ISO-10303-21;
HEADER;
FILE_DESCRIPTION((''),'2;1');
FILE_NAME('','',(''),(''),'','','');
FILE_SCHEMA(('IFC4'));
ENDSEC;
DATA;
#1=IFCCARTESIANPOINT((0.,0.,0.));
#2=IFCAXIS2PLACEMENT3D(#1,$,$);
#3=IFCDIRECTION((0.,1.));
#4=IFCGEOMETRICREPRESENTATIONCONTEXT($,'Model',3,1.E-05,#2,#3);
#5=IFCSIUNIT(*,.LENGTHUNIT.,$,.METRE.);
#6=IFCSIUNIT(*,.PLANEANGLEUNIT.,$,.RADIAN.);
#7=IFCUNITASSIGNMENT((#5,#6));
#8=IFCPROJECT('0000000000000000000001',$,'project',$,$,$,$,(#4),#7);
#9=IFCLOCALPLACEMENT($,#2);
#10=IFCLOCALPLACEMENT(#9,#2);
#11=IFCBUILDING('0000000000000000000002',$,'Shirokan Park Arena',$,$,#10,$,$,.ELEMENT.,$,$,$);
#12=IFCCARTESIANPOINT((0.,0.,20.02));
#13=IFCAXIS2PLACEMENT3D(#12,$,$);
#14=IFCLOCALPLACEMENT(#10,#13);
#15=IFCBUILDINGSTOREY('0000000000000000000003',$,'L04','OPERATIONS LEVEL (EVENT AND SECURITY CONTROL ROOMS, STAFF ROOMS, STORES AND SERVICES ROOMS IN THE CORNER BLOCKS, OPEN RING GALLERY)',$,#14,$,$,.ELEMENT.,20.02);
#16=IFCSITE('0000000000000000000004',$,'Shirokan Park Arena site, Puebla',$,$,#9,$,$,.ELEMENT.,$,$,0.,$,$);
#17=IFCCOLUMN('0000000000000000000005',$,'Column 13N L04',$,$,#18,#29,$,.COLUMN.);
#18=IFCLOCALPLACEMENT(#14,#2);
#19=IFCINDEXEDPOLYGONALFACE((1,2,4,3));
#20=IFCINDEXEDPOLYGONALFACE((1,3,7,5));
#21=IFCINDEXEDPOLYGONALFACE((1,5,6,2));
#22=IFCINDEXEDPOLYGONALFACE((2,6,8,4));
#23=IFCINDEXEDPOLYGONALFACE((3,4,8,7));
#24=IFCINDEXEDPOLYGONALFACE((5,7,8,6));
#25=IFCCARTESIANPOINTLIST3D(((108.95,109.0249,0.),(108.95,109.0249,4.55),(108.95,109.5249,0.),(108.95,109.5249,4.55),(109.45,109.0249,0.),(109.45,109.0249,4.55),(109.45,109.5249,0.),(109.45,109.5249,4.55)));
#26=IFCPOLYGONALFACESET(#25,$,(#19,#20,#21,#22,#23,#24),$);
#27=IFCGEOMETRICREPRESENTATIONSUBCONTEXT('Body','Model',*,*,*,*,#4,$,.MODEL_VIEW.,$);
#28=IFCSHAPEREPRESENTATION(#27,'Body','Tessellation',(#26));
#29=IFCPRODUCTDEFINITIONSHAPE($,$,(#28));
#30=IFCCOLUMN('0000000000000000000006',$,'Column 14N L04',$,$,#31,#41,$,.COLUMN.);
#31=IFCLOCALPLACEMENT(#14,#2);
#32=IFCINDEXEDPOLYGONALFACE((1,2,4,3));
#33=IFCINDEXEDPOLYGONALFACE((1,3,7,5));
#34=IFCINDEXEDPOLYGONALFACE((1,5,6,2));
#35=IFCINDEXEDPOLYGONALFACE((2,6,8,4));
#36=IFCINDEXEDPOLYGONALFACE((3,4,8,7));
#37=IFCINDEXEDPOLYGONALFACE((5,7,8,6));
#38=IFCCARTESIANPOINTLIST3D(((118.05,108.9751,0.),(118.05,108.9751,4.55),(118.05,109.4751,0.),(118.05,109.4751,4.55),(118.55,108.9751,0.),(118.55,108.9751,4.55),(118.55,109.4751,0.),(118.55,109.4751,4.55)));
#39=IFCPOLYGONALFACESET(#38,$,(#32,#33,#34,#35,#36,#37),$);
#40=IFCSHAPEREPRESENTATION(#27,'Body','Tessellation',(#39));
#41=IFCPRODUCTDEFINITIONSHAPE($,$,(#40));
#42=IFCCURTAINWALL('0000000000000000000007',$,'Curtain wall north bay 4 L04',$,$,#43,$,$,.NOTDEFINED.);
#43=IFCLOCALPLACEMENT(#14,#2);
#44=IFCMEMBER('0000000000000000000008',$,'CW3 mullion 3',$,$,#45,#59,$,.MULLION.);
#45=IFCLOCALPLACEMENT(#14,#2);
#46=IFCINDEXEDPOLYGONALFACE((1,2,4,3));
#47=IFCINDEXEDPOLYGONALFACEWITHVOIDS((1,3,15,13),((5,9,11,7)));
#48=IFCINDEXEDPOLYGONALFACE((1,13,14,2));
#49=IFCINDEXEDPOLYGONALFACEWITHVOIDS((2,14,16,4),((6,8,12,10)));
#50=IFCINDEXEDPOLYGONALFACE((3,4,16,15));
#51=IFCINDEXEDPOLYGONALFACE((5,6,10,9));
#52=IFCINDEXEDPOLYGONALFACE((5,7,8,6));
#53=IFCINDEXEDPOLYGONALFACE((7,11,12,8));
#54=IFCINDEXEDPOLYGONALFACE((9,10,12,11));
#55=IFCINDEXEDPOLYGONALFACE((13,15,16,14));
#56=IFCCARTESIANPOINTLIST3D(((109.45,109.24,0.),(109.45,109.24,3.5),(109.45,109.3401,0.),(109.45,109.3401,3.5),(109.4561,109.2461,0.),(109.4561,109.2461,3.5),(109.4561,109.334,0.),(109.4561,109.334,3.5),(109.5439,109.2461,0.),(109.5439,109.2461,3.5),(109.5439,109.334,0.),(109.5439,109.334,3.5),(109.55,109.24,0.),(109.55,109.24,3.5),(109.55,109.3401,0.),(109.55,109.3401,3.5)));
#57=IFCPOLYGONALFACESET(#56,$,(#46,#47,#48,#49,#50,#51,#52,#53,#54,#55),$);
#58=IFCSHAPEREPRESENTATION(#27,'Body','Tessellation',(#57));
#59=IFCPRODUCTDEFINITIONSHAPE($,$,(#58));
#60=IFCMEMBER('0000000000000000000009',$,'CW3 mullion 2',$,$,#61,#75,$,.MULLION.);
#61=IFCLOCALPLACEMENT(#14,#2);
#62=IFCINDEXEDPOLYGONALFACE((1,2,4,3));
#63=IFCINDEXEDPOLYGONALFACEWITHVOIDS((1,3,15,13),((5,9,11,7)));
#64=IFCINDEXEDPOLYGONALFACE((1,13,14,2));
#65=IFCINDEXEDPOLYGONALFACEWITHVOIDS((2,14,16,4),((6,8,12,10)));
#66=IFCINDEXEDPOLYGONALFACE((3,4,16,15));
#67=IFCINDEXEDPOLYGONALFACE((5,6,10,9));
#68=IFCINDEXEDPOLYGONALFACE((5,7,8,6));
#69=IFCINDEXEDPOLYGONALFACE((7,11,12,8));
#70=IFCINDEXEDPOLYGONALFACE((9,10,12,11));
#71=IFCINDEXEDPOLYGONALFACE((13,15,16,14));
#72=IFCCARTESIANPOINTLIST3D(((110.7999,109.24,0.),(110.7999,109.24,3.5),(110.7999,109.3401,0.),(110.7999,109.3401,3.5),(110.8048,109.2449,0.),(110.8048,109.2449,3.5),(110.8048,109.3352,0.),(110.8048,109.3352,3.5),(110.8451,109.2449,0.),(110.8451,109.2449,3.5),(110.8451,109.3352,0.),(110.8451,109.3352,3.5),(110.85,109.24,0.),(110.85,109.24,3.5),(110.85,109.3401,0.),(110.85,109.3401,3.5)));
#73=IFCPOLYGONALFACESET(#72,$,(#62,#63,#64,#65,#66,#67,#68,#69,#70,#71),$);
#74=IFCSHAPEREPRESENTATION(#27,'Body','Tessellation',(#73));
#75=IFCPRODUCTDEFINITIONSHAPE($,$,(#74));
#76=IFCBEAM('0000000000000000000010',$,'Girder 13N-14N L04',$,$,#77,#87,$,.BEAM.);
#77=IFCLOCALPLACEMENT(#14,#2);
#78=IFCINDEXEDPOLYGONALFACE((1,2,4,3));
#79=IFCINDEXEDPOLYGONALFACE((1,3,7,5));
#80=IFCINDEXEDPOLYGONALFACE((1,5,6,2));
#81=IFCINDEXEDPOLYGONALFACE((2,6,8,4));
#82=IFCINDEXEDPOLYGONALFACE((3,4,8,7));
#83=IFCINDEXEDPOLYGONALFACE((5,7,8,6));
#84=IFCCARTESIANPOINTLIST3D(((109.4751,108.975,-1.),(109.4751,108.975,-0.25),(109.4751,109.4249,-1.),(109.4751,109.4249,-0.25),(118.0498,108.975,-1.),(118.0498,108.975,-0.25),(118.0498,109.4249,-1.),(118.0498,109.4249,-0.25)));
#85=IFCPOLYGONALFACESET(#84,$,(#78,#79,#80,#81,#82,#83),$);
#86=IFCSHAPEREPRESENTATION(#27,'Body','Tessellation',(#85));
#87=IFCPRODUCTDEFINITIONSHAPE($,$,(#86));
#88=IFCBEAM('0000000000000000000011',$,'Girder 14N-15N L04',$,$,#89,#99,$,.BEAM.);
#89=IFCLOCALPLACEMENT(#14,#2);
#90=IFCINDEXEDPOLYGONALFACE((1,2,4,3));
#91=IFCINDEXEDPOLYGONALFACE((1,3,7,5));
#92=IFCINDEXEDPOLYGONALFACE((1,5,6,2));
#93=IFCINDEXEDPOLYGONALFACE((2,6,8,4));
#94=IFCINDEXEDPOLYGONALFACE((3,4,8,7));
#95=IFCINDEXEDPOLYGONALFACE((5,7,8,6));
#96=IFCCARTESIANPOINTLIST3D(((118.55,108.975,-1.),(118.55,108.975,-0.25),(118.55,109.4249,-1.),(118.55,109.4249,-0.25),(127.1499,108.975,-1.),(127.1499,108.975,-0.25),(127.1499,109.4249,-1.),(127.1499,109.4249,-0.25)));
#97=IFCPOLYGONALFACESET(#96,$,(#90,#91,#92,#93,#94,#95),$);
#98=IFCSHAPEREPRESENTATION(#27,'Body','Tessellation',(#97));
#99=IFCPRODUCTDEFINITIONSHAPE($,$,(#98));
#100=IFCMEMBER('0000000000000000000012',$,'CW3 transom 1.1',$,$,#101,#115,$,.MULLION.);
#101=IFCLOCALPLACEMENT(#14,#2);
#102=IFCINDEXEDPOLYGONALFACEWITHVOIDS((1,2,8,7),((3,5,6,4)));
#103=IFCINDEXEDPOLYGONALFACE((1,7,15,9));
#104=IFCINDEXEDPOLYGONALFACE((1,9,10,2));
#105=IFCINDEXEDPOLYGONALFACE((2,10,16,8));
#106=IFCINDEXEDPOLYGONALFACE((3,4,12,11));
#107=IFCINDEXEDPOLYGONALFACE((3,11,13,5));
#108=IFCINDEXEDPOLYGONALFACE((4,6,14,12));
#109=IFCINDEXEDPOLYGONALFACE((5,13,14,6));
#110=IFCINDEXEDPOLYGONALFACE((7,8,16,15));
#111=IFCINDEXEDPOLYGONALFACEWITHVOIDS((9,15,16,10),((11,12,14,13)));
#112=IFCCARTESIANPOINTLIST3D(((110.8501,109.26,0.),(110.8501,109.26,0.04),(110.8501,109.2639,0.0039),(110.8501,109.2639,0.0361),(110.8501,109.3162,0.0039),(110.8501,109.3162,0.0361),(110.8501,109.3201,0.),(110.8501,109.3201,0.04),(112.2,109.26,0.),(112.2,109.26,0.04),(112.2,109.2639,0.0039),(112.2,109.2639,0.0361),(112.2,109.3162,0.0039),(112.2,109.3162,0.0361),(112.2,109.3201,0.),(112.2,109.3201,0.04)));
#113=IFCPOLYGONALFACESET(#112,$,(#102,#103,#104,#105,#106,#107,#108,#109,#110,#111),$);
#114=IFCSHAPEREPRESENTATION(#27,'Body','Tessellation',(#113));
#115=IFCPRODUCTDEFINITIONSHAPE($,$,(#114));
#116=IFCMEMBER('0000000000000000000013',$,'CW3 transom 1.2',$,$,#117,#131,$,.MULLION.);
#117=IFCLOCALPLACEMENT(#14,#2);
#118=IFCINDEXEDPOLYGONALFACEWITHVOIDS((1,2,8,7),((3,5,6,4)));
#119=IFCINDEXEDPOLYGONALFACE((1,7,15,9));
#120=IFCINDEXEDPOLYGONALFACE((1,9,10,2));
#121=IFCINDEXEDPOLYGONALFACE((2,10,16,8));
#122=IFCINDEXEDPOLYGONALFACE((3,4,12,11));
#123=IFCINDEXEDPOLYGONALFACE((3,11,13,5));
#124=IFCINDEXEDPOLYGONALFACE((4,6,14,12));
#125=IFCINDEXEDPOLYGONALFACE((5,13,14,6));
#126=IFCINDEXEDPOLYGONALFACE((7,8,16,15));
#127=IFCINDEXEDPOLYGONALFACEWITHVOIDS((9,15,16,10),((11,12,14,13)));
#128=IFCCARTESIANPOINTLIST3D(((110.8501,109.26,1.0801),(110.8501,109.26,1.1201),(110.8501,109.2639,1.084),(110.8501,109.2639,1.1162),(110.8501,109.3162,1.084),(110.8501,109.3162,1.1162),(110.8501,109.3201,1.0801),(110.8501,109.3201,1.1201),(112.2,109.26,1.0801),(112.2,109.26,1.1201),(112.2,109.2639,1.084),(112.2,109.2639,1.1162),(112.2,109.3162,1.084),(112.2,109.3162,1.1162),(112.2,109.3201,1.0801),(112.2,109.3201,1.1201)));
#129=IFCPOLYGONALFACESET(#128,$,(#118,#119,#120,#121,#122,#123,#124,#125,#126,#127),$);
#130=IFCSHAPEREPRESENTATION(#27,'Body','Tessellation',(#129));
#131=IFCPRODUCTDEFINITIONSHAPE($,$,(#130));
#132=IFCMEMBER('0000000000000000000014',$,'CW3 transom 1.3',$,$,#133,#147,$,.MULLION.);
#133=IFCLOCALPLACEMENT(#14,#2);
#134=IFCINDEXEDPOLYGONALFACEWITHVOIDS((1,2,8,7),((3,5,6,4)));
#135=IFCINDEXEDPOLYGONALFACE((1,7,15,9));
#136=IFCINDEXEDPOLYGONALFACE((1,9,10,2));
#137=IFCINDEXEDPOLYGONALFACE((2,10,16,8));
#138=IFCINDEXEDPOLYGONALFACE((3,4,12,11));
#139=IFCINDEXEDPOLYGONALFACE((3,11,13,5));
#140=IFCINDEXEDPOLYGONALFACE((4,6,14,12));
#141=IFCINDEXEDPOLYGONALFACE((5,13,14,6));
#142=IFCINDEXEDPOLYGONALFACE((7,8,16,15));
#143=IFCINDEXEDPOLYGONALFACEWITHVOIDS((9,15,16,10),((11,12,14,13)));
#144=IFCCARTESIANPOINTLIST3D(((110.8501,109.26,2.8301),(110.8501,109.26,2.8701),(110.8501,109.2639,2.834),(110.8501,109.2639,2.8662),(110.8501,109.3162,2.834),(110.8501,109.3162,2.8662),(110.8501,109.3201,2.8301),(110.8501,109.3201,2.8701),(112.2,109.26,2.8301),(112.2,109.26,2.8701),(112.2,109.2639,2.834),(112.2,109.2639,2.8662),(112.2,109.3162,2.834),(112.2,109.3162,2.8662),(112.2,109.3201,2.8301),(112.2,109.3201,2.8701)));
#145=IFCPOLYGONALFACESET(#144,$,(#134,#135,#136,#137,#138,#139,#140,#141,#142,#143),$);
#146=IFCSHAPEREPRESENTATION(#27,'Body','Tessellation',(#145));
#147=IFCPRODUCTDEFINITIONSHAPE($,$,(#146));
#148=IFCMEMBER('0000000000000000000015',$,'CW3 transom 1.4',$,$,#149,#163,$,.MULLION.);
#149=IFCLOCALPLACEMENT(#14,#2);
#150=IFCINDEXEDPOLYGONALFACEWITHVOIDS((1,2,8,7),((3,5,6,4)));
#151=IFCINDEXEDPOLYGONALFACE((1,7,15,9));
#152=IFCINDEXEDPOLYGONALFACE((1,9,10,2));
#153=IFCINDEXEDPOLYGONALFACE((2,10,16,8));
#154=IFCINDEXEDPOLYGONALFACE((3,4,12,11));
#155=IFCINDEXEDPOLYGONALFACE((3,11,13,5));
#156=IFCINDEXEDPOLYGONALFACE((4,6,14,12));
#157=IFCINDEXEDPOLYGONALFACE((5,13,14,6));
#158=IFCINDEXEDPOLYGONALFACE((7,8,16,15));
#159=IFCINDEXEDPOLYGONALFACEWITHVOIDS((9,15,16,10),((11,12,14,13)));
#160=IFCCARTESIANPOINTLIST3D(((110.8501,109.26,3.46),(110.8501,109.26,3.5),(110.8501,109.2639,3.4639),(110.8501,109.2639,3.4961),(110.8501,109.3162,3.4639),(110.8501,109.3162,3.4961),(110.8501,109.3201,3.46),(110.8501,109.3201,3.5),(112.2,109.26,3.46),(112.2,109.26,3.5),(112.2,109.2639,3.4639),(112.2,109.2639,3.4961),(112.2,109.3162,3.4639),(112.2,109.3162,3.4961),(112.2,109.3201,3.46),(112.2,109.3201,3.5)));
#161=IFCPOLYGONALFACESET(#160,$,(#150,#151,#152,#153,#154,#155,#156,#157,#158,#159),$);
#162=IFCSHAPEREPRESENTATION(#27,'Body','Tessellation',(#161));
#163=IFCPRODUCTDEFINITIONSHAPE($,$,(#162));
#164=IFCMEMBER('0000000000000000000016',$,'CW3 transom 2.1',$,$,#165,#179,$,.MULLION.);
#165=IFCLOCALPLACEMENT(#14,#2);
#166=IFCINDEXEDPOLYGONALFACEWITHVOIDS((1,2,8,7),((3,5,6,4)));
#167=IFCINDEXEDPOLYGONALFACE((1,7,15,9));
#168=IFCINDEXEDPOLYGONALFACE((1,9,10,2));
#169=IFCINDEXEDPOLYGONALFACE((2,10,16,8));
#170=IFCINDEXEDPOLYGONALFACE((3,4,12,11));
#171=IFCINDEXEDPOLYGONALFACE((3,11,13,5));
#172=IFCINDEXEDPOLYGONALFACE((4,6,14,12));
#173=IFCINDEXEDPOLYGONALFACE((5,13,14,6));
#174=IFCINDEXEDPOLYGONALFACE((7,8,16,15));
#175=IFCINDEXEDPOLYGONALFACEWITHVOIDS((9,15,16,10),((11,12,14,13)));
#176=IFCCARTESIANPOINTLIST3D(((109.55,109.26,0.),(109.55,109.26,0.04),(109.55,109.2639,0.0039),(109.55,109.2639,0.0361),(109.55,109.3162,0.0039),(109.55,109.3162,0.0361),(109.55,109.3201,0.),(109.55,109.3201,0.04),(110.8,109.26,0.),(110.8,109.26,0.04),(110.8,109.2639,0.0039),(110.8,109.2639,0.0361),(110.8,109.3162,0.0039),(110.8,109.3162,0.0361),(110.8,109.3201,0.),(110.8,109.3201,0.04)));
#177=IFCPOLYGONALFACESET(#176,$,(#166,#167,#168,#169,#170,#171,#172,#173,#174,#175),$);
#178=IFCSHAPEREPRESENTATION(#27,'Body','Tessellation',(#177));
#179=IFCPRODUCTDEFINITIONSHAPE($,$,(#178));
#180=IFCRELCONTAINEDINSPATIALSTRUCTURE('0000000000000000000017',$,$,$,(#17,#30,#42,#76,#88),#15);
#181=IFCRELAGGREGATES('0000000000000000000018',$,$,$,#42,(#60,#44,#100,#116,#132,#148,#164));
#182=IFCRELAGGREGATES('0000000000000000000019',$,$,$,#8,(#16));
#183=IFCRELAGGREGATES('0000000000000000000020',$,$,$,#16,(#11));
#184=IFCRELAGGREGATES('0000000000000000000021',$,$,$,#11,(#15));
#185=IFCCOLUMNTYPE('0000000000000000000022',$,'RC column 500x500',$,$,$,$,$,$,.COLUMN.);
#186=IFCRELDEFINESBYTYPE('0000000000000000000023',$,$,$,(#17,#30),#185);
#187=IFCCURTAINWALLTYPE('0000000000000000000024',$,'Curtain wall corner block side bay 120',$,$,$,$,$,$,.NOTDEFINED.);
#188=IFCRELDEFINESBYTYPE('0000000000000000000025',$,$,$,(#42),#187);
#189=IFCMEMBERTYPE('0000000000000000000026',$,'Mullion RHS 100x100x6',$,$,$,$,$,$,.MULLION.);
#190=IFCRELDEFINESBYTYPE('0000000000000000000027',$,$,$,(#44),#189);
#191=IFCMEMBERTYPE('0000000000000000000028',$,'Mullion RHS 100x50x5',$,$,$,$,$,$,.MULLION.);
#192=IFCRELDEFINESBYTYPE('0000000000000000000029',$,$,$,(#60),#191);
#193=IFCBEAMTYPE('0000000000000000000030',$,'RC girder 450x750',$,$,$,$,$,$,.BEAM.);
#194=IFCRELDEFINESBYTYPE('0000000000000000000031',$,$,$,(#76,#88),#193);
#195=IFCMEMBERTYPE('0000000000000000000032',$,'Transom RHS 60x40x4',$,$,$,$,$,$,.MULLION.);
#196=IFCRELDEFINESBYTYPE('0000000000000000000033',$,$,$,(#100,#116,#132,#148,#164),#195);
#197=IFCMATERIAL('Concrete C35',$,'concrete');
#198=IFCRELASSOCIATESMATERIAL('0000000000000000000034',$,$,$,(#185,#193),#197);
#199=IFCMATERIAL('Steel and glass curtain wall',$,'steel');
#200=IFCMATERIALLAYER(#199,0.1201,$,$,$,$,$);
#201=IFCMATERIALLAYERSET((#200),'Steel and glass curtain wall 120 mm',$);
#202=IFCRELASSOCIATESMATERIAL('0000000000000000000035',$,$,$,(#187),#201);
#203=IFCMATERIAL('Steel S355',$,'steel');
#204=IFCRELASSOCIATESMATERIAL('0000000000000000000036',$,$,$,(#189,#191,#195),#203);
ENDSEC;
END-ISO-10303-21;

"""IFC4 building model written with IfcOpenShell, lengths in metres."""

from ifc_helpers import new_model, si_unit, direction, frame, origin, origin_2d, place, context, subcontext, project, spatial, rectangle, hollow_rectangle, extrude, material, layer, layer_set, material_profile, profile_set, type_object, element, aggregate, save


model = new_model("IFC4")

# Units and contexts
model_context = context("Model", 3, precision=1e-05, world=origin(), true_north=direction((0.0, 1.0)))
body_context = subcontext(model_context, "Body", "Model", "MODEL_VIEW")
ifc_project = project(units=[si_unit("LENGTHUNIT", "METRE"), si_unit("PLANEANGLEUNIT", "RADIAN")], contexts=[model_context])

# Site, building, storey
site_placement = place(None, origin())
site = spatial("IfcSite", under=ifc_project, at=site_placement, Name="Shirokan Park Arena site, Puebla", CompositionType="ELEMENT", RefElevation=0.0)
building_placement = place(site_placement, origin())
building = spatial("IfcBuilding", under=site, at=building_placement, Name="Shirokan Park Arena", CompositionType="ELEMENT")
storey_placement = place(building_placement, frame((0.0, 0.0, 20.02)))
storey = spatial("IfcBuildingStorey", under=building, at=storey_placement, Name="L04", Description="OPERATIONS LEVEL (EVENT AND SECURITY CONTROL ROOMS, STAFF ROOMS, STORES AND SERVICES ROOMS IN THE CORNER BLOCKS, OPEN RING GALLERY)", CompositionType="ELEMENT", Elevation=20.02)

# Columns
ifc_material_1 = material(Name="Concrete C35", Category="concrete")
ifc_material_profile_1 = material_profile(ifc_material_1, rectangle(XDim=0.5, YDim=0.5, at=origin_2d()), Name="500x500")
ifc_profile_set_1 = profile_set([ifc_material_profile_1], Name="Concrete C35")
column_type = type_object("IfcColumnType", Name="RC column 500x500", PredefinedType="COLUMN", material=ifc_profile_set_1)
for number, where, z_axis, x_axis, name in (
    (1, (109.2, 109.2749, 0.0), (0.0, 0.0, 1.0), (1.0, 0.0, 0.0), "Column 13N L04"),
    (2, (118.3, 109.2251, 0.0), (0.0, 0.0, 1.0), (1.0, 0.0, 0.0), "Column 14N L04"),
):
    element("IfcColumn", number, at=place(storey_placement, frame(where, z_axis=z_axis, x_axis=x_axis)), inside=storey, type_object=column_type, Name=name, PredefinedType="COLUMN", context=body_context, shape_type="SweptSolid", body=[
        extrude(rectangle(XDim=0.5, YDim=0.5, at=origin_2d()), origin(), (0.0, 0.0, 1.0), 4.55),
    ])

# Curtain wall, members
ifc_material_2 = material(Name="Steel and glass curtain wall", Category="steel")
ifc_layer_1 = layer(ifc_material_2, 0.1201)
ifc_layer_set_1 = layer_set([ifc_layer_1], Name="Steel and glass curtain wall 120 mm")
curtain_wall_type = type_object("IfcCurtainWallType", Name="Curtain wall corner block side bay 120", PredefinedType="NOTDEFINED", material=ifc_layer_set_1)
curtain_wall_placement = place(storey_placement, origin())
curtain_wall = element("IfcCurtainWall", 3, at=curtain_wall_placement, inside=storey, type_object=curtain_wall_type, Name="Curtain wall north bay 4 L04", PredefinedType="NOTDEFINED")
ifc_material_3 = material(Name="Steel S355", Category="steel")
ifc_material_profile_2 = material_profile(ifc_material_3, hollow_rectangle(XDim=0.1001, YDim=0.1001, WallThickness=0.0061, at=origin_2d()), Name="RHS 100x100x6")
ifc_profile_set_2 = profile_set([ifc_material_profile_2], Name="Steel S355")
member_type_1 = type_object("IfcMemberType", Name="Mullion RHS 100x100x6", PredefinedType="MULLION", material=ifc_profile_set_2)
member_1_placement = place(storey_placement, frame((109.5, 109.29, 0.0), z_axis=(0.0, 0.0, 1.0), x_axis=(0.0, -1.0, 0.0)))
member_1 = element("IfcMember", 4, at=member_1_placement, type_object=member_type_1, Name="CW3 mullion 3", PredefinedType="MULLION", context=body_context, shape_type="SweptSolid", body=[
    extrude(hollow_rectangle(XDim=0.1001, YDim=0.1001, WallThickness=0.0061, at=origin_2d()), origin(), (0.0, 0.0, 1.0), 3.5),
])
ifc_material_profile_3 = material_profile(ifc_material_3, hollow_rectangle(XDim=0.1001, YDim=0.05, WallThickness=0.0049, at=origin_2d()), Name="RHS 100x50x5")
ifc_profile_set_3 = profile_set([ifc_material_profile_3], Name="Steel S355")
member_type_2 = type_object("IfcMemberType", Name="Mullion RHS 100x50x5", PredefinedType="MULLION", material=ifc_profile_set_3)
member_2_placement = place(storey_placement, frame((110.825, 109.29, 0.0), z_axis=(0.0, 0.0, 1.0), x_axis=(0.0, -1.0, 0.0)))
member_2 = element("IfcMember", 5, at=member_2_placement, type_object=member_type_2, Name="CW3 mullion 2", PredefinedType="MULLION", context=body_context, shape_type="SweptSolid", body=[
    extrude(hollow_rectangle(XDim=0.1001, YDim=0.05, WallThickness=0.0049, at=origin_2d()), origin(), (0.0, 0.0, 1.0), 3.5),
])

# Beams
ifc_material_profile_4 = material_profile(ifc_material_1, rectangle(XDim=0.45, YDim=0.75, at=origin_2d()), Name="450x750")
ifc_profile_set_4 = profile_set([ifc_material_profile_4], Name="Concrete C35")
beam_type = type_object("IfcBeamType", Name="RC girder 450x750", PredefinedType="BEAM", material=ifc_profile_set_4)
beam_1_placement = place(storey_placement, frame((109.4751, 109.2, -0.625), z_axis=(1.0, 0.0, 0.0), x_axis=(0.0, 1.0, 0.0)))
element("IfcBeam", 6, at=beam_1_placement, inside=storey, type_object=beam_type, Name="Girder 13N-14N L04", PredefinedType="BEAM", context=body_context, shape_type="SweptSolid", body=[
    extrude(rectangle(XDim=0.45, YDim=0.75, at=origin_2d()), origin(), (0.0, 0.0, 1.0), 8.5747),
])
beam_2_placement = place(storey_placement, frame((118.55, 109.2, -0.625), z_axis=(1.0, 0.0, 0.0), x_axis=(0.0, 1.0, 0.0)))
element("IfcBeam", 7, at=beam_2_placement, inside=storey, type_object=beam_type, Name="Girder 14N-15N L04", PredefinedType="BEAM", context=body_context, shape_type="SweptSolid", body=[
    extrude(rectangle(XDim=0.45, YDim=0.75, at=origin_2d()), origin(), (0.0, 0.0, 1.0), 8.5999),
])

# Members
ifc_material_profile_5 = material_profile(ifc_material_3, hollow_rectangle(XDim=0.0601, YDim=0.04, WallThickness=0.0039, at=origin_2d()), Name="RHS 60x40x4")
ifc_profile_set_5 = profile_set([ifc_material_profile_5], Name="Steel S355")
member_type_3 = type_object("IfcMemberType", Name="Transom RHS 60x40x4", PredefinedType="MULLION", material=ifc_profile_set_5)
member_3_placement = place(storey_placement, frame((112.2, 109.29, 0.02), z_axis=(-1.0, 0.0, 0.0), x_axis=(0.0, -1.0, 0.0)))
member_3 = element("IfcMember", 8, at=member_3_placement, type_object=member_type_3, Name="CW3 transom 1.1", PredefinedType="MULLION", context=body_context, shape_type="SweptSolid", body=[
    extrude(hollow_rectangle(XDim=0.0601, YDim=0.04, WallThickness=0.0039, at=origin_2d()), origin(), (0.0, 0.0, 1.0), 1.3499),
])
member_4_placement = place(storey_placement, frame((112.2, 109.29, 1.1001), z_axis=(-1.0, 0.0, 0.0), x_axis=(0.0, -1.0, 0.0)))
member_4 = element("IfcMember", 9, at=member_4_placement, type_object=member_type_3, Name="CW3 transom 1.2", PredefinedType="MULLION", context=body_context, shape_type="SweptSolid", body=[
    extrude(hollow_rectangle(XDim=0.0601, YDim=0.04, WallThickness=0.0039, at=origin_2d()), origin(), (0.0, 0.0, 1.0), 1.3499),
])
member_5_placement = place(storey_placement, frame((112.2, 109.29, 2.8501), z_axis=(-1.0, 0.0, 0.0), x_axis=(0.0, -1.0, 0.0)))
member_5 = element("IfcMember", 10, at=member_5_placement, type_object=member_type_3, Name="CW3 transom 1.3", PredefinedType="MULLION", context=body_context, shape_type="SweptSolid", body=[
    extrude(hollow_rectangle(XDim=0.0601, YDim=0.04, WallThickness=0.0039, at=origin_2d()), origin(), (0.0, 0.0, 1.0), 1.3499),
])
member_6_placement = place(storey_placement, frame((112.2, 109.29, 3.48), z_axis=(-1.0, 0.0, 0.0), x_axis=(0.0, -1.0, 0.0)))
member_6 = element("IfcMember", 11, at=member_6_placement, type_object=member_type_3, Name="CW3 transom 1.4", PredefinedType="MULLION", context=body_context, shape_type="SweptSolid", body=[
    extrude(hollow_rectangle(XDim=0.0601, YDim=0.04, WallThickness=0.0039, at=origin_2d()), origin(), (0.0, 0.0, 1.0), 1.3499),
])
member_7_placement = place(storey_placement, frame((110.8, 109.29, 0.02), z_axis=(-1.0, 0.0, 0.0), x_axis=(0.0, -1.0, 0.0)))
member_7 = element("IfcMember", 12, at=member_7_placement, type_object=member_type_3, Name="CW3 transom 2.1", PredefinedType="MULLION", context=body_context, shape_type="SweptSolid", body=[
    extrude(hollow_rectangle(XDim=0.0601, YDim=0.04, WallThickness=0.0039, at=origin_2d()), origin(), (0.0, 0.0, 1.0), 1.25),
])

aggregate(curtain_wall, [member_2, member_1, member_3, member_4, member_5, member_6, member_7])

save(model, "model.ifc")
